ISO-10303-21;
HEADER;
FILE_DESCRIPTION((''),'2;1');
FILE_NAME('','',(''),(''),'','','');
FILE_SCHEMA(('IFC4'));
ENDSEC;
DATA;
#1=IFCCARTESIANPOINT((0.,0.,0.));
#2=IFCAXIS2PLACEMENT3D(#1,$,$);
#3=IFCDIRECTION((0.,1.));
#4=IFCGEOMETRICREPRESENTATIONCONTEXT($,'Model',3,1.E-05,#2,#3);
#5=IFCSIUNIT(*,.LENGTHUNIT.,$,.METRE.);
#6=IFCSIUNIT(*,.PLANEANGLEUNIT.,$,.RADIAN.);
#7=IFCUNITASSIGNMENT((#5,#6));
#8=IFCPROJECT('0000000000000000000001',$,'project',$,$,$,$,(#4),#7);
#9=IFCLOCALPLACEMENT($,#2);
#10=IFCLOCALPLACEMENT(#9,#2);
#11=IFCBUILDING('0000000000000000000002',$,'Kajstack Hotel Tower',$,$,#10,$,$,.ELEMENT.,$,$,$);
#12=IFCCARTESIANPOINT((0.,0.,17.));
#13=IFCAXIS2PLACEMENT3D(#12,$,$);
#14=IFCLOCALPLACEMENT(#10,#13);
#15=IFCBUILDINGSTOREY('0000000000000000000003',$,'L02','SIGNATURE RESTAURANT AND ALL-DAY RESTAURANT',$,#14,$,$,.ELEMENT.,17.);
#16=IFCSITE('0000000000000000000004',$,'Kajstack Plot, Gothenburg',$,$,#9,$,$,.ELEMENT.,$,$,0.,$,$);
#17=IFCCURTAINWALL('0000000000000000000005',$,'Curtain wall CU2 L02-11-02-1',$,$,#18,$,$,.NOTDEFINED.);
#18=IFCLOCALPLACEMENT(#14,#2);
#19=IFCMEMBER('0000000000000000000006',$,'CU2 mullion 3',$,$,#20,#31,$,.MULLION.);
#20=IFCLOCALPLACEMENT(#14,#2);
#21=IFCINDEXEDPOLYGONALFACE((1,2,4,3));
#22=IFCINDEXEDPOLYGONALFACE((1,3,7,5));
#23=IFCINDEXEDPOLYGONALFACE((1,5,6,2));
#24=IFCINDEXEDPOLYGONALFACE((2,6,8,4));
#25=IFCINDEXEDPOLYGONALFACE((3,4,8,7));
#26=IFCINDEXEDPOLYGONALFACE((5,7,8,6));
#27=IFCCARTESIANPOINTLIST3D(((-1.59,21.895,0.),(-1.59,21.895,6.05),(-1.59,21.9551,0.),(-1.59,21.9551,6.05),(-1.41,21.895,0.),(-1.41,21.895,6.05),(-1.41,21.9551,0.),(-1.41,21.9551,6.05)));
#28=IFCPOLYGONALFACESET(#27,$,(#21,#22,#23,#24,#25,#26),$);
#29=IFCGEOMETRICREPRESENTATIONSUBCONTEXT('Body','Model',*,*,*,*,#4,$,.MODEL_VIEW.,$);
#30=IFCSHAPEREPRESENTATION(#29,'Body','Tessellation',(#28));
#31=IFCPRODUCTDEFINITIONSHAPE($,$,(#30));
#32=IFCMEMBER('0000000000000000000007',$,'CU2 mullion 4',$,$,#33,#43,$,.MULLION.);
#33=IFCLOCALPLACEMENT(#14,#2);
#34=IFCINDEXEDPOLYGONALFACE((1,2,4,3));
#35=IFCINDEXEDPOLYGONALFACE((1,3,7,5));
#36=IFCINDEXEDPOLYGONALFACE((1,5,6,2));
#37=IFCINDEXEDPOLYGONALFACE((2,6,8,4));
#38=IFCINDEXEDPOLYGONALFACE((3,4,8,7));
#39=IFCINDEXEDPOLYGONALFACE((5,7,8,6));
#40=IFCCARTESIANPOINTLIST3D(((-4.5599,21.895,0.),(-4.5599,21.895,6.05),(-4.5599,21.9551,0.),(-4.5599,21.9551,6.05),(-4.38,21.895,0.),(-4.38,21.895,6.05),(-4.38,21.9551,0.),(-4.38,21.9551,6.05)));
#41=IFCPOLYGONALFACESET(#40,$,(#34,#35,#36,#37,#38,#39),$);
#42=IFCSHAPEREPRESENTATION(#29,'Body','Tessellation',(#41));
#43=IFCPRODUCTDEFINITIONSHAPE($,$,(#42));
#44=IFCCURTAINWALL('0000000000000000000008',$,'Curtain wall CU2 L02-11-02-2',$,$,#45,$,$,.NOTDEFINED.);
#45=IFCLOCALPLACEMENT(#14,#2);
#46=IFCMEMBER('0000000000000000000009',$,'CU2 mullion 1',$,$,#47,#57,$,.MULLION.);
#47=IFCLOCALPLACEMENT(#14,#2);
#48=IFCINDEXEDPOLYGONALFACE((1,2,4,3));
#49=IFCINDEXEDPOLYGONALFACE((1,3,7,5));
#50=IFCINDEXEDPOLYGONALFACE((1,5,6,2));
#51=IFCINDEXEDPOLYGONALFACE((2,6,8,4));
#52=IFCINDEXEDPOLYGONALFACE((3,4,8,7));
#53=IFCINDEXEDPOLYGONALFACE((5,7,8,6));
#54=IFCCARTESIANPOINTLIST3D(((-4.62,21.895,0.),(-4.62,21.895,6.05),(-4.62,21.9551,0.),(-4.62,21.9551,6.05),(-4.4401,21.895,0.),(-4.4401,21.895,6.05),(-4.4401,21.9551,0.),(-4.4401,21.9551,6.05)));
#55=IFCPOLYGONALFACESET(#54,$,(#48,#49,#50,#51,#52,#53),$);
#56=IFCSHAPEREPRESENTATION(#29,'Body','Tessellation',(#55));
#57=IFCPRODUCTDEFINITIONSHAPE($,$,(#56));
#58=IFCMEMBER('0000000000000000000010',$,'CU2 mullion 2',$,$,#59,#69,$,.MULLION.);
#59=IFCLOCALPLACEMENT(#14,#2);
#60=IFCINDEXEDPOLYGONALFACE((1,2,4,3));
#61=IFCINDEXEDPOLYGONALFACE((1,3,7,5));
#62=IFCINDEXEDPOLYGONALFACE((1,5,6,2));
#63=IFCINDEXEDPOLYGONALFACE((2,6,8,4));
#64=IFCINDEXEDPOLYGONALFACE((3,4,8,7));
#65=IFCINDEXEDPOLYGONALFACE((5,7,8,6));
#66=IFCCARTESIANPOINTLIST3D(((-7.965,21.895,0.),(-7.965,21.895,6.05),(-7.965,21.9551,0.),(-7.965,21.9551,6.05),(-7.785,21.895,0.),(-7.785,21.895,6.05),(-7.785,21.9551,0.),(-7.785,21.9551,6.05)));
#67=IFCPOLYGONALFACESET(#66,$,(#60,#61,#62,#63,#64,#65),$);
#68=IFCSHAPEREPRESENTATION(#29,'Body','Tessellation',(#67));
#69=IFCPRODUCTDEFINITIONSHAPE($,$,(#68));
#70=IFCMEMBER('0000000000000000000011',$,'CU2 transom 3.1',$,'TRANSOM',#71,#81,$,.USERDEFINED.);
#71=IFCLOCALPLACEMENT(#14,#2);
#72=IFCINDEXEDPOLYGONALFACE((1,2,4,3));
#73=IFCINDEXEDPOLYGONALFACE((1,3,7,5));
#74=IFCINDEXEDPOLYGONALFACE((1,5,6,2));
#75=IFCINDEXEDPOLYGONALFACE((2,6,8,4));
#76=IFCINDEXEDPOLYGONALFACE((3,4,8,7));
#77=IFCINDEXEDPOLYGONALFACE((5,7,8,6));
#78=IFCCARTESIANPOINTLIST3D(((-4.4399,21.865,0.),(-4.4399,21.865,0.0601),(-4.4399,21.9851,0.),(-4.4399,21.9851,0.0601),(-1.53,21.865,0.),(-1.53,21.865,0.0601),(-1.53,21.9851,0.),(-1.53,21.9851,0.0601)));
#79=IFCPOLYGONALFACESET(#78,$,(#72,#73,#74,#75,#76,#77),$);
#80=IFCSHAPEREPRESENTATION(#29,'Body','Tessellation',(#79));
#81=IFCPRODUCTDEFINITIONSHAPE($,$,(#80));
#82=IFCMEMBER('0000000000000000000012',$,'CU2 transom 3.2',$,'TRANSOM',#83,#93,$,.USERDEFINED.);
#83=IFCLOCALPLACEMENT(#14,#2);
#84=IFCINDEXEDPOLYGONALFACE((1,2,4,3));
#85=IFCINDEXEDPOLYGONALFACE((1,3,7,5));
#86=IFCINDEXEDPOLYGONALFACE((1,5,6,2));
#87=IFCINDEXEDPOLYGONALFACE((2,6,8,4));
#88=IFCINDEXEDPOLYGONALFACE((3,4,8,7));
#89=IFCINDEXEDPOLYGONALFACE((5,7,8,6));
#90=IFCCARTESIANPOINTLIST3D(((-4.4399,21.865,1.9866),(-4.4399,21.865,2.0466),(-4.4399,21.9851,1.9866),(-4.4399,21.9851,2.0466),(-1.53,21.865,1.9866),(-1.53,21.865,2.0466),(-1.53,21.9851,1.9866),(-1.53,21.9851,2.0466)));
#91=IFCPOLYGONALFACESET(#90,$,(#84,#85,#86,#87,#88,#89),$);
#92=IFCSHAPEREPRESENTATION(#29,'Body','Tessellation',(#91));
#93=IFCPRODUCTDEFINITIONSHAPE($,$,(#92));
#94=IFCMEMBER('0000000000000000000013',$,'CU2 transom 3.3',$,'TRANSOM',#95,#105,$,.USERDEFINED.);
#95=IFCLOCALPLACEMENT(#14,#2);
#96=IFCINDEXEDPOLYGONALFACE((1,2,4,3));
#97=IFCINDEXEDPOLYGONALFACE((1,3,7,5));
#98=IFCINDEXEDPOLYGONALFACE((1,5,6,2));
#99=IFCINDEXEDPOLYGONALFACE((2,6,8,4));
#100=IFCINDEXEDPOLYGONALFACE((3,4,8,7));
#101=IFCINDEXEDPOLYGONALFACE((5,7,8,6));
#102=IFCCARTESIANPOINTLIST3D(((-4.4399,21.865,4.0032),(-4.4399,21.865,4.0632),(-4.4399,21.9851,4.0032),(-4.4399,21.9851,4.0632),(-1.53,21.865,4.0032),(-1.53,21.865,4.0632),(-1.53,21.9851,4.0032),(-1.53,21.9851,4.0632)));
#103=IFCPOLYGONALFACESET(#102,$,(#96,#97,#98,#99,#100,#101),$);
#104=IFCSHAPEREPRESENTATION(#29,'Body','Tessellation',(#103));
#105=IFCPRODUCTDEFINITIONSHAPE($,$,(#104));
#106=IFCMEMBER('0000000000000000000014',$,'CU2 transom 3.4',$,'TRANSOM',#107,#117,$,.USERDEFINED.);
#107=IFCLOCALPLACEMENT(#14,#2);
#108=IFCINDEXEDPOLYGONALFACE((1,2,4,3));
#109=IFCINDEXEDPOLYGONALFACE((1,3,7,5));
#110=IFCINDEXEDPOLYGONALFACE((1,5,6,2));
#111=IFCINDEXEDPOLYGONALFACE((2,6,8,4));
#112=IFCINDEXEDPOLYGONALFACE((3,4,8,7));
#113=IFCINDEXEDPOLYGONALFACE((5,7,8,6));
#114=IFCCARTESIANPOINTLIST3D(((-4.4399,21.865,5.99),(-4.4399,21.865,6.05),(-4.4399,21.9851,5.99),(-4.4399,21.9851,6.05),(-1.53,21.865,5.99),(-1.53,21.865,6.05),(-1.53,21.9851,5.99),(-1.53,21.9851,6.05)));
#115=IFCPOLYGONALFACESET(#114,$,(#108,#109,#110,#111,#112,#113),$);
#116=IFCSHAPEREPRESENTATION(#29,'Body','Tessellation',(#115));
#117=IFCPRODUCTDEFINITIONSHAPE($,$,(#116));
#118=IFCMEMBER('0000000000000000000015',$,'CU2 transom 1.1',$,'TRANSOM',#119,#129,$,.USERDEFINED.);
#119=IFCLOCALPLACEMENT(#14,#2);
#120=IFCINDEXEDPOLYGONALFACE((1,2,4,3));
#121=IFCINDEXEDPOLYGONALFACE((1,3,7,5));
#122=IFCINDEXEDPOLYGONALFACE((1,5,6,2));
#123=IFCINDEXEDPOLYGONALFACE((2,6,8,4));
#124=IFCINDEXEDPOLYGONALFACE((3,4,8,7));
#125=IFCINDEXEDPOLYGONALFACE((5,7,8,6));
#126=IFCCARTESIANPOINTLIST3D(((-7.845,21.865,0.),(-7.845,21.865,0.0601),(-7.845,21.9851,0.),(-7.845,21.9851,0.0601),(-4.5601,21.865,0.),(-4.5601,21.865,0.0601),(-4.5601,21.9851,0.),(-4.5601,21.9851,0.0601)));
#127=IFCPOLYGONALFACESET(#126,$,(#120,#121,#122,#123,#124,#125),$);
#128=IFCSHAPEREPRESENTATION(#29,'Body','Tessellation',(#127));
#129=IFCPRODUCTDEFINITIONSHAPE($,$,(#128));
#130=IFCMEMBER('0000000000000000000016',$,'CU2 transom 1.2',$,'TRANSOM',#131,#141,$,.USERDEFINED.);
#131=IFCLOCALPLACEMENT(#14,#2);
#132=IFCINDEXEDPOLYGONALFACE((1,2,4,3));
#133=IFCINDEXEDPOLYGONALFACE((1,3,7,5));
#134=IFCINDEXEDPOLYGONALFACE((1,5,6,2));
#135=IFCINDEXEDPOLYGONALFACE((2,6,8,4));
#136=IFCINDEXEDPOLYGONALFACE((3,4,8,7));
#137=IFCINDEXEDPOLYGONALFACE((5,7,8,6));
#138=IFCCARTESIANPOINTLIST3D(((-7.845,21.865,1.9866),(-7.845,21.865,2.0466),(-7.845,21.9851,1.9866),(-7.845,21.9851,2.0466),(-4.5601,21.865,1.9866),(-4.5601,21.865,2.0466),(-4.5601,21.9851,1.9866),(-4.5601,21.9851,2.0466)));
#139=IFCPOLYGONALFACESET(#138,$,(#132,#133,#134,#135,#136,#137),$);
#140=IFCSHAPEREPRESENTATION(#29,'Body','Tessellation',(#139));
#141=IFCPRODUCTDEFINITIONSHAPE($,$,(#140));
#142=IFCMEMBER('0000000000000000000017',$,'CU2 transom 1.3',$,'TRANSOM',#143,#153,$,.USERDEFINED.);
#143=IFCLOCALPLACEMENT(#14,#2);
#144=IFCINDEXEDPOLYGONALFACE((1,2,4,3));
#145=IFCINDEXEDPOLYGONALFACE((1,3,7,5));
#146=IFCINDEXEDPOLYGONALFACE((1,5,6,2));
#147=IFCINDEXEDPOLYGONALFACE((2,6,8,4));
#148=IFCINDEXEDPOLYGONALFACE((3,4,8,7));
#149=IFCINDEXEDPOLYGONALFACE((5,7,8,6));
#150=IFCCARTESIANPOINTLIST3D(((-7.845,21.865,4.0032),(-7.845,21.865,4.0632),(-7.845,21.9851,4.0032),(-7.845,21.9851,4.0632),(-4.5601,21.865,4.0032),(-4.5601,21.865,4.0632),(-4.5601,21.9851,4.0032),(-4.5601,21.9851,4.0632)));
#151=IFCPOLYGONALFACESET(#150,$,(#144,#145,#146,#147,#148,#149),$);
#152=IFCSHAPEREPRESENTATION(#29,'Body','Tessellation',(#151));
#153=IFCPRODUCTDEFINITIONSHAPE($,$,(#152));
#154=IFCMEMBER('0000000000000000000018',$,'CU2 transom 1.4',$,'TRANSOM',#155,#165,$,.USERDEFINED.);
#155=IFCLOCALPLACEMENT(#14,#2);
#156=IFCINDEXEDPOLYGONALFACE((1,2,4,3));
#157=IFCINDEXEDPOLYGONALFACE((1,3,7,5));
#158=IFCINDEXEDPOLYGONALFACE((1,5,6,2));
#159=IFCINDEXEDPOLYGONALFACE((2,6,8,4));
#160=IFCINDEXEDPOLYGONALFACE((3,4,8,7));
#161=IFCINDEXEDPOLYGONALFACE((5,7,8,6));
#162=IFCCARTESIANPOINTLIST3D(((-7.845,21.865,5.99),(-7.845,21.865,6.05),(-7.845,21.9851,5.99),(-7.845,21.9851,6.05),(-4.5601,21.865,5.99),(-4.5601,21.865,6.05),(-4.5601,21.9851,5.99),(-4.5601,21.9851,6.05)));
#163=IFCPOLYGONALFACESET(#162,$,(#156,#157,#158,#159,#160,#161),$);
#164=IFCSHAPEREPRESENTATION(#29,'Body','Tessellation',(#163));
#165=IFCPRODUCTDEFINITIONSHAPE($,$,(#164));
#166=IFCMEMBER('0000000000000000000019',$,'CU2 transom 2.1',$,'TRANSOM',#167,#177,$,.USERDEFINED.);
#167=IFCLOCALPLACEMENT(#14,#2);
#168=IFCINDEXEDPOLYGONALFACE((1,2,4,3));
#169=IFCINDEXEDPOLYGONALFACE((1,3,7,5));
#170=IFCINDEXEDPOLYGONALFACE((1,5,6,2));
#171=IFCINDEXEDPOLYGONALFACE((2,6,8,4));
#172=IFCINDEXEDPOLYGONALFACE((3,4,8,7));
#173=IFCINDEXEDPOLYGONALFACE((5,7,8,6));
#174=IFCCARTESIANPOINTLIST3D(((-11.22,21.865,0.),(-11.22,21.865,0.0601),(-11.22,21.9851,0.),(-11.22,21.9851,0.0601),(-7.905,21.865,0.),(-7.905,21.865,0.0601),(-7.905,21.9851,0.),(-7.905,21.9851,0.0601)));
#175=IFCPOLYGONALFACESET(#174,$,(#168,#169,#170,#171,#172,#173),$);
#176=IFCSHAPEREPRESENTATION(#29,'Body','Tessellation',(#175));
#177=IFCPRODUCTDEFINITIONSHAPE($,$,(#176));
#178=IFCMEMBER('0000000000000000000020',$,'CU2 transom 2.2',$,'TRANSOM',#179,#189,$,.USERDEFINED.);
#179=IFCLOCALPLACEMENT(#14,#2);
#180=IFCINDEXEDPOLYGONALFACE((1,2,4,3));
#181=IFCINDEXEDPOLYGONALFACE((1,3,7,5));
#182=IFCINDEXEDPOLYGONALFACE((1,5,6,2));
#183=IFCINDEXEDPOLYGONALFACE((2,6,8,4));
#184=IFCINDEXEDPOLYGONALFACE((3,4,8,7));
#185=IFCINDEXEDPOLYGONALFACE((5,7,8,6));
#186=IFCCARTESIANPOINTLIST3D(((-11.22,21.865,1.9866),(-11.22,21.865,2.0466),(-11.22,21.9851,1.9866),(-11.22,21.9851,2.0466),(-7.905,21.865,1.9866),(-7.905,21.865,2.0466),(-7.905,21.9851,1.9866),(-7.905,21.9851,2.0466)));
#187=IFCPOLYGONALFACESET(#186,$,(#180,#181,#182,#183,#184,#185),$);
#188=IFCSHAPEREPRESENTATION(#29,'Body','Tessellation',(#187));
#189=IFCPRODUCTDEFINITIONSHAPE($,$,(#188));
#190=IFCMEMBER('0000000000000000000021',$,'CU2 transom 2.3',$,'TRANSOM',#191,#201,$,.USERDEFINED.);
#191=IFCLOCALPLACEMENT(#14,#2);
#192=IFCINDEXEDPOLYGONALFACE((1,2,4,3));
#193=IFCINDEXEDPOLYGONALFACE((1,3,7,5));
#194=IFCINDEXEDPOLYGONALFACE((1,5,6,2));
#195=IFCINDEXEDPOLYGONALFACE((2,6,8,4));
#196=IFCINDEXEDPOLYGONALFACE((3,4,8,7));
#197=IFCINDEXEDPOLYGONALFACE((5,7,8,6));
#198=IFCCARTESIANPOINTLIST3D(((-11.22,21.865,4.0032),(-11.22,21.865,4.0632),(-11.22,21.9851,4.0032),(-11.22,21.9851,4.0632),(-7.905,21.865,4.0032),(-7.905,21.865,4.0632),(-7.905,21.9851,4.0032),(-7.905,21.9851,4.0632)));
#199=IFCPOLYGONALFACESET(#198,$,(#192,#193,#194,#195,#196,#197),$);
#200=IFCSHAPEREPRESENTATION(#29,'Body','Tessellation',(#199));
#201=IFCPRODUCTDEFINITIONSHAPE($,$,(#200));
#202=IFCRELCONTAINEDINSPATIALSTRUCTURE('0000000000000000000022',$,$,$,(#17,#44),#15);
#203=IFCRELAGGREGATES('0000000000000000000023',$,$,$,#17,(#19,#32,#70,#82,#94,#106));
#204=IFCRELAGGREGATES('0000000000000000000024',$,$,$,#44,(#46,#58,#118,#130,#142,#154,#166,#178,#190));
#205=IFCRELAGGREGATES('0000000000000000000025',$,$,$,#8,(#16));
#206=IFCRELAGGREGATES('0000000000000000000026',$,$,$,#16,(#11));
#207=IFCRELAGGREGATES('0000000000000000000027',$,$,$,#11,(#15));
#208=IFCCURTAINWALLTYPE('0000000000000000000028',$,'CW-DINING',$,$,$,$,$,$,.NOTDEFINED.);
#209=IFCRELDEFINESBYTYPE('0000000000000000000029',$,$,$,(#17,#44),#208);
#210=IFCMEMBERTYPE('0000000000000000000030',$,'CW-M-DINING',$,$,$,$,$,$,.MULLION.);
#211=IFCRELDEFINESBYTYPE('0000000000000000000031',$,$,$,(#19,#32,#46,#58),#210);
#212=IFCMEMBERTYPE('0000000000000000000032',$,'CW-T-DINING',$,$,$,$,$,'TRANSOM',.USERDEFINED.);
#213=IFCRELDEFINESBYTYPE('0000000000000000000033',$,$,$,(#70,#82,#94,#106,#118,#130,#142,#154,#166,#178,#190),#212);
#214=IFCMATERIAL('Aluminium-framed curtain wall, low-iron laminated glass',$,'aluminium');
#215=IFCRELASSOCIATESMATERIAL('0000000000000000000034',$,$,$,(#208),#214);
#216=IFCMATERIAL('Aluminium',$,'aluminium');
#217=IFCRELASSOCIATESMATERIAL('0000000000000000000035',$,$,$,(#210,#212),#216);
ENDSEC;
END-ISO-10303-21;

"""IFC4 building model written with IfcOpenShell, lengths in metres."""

from ifc_helpers import new_model, si_unit, direction, frame, origin, origin_2d, place, context, subcontext, project, spatial, rectangle, extrude, material, material_profile, profile_set, type_object, element, aggregate, save


model = new_model("IFC4")

# Units and contexts
model_context = context("Model", 3, precision=1e-05, world=origin(), true_north=direction((0.0, 1.0)))
body_context = subcontext(model_context, "Body", "Model", "MODEL_VIEW")
ifc_project = project(units=[si_unit("LENGTHUNIT", "METRE"), si_unit("PLANEANGLEUNIT", "RADIAN")], contexts=[model_context])

# Site, building, storey
site_placement = place(None, origin())
site = spatial("IfcSite", under=ifc_project, at=site_placement, Name="Kajstack Plot, Gothenburg", CompositionType="ELEMENT", RefElevation=0.0)
building_placement = place(site_placement, origin())
building = spatial("IfcBuilding", under=site, at=building_placement, Name="Kajstack Hotel Tower", CompositionType="ELEMENT")
storey_placement = place(building_placement, frame((0.0, 0.0, 17.0)))
storey = spatial("IfcBuildingStorey", under=building, at=storey_placement, Name="L02", Description="SIGNATURE RESTAURANT AND ALL-DAY RESTAURANT", CompositionType="ELEMENT", Elevation=17.0)

# Curtain walls, members
ifc_material_1 = material(Name="Aluminium-framed curtain wall, low-iron laminated glass", Category="aluminium")
curtain_wall_type = type_object("IfcCurtainWallType", Name="CW-DINING", PredefinedType="NOTDEFINED", material=ifc_material_1)
curtain_wall_1_placement = place(storey_placement, origin())
curtain_wall_1 = element("IfcCurtainWall", 1, at=curtain_wall_1_placement, inside=storey, type_object=curtain_wall_type, Name="Curtain wall CU2 L02-11-02-1", PredefinedType="NOTDEFINED")
ifc_material_2 = material(Name="Aluminium", Category="aluminium")
ifc_material_profile_1 = material_profile(ifc_material_2, rectangle(XDim=0.0601, YDim=0.1799, at=origin_2d()), Name="Aluminium mullion 60 x 180")
ifc_profile_set_1 = profile_set([ifc_material_profile_1], Name="Aluminium")
member_type_1 = type_object("IfcMemberType", Name="CW-M-DINING", PredefinedType="MULLION", material=ifc_profile_set_1)
member_1_placement = place(storey_placement, frame((-1.5, 21.925, 0.0), z_axis=(0.0, 0.0, 1.0), x_axis=(0.0, -1.0, 0.0)))
member_1 = element("IfcMember", 2, at=member_1_placement, type_object=member_type_1, Name="CU2 mullion 3", PredefinedType="MULLION", context=body_context, shape_type="SweptSolid", body=[
    extrude(rectangle(XDim=0.0601, YDim=0.1799, at=origin_2d()), origin(), (0.0, 0.0, 1.0), 6.05),
])
member_2_placement = place(storey_placement, frame((-4.47, 21.925, 0.0), z_axis=(0.0, 0.0, 1.0), x_axis=(0.0, -1.0, 0.0)))
member_2 = element("IfcMember", 3, at=member_2_placement, type_object=member_type_1, Name="CU2 mullion 4", PredefinedType="MULLION", context=body_context, shape_type="SweptSolid", body=[
    extrude(rectangle(XDim=0.0601, YDim=0.1799, at=origin_2d()), origin(), (0.0, 0.0, 1.0), 6.05),
])
curtain_wall_2_placement = place(storey_placement, origin())
curtain_wall_2 = element("IfcCurtainWall", 4, at=curtain_wall_2_placement, inside=storey, type_object=curtain_wall_type, Name="Curtain wall CU2 L02-11-02-2", PredefinedType="NOTDEFINED")
member_3_placement = place(storey_placement, frame((-4.53, 21.925, 0.0), z_axis=(0.0, 0.0, 1.0), x_axis=(0.0, -1.0, 0.0)))
member_3 = element("IfcMember", 5, at=member_3_placement, type_object=member_type_1, Name="CU2 mullion 1", PredefinedType="MULLION", context=body_context, shape_type="SweptSolid", body=[
    extrude(rectangle(XDim=0.0601, YDim=0.1799, at=origin_2d()), origin(), (0.0, 0.0, 1.0), 6.05),
])
member_4_placement = place(storey_placement, frame((-7.875, 21.925, 0.0), z_axis=(0.0, 0.0, 1.0), x_axis=(0.0, -1.0, 0.0)))
member_4 = element("IfcMember", 6, at=member_4_placement, type_object=member_type_1, Name="CU2 mullion 2", PredefinedType="MULLION", context=body_context, shape_type="SweptSolid", body=[
    extrude(rectangle(XDim=0.0601, YDim=0.1799, at=origin_2d()), origin(), (0.0, 0.0, 1.0), 6.05),
])

# Members
ifc_material_profile_2 = material_profile(ifc_material_2, rectangle(XDim=0.1201, YDim=0.0601, at=origin_2d()), Name="Aluminium transom 120 x 60")
ifc_profile_set_2 = profile_set([ifc_material_profile_2], Name="Aluminium")
member_type_2 = type_object("IfcMemberType", Name="CW-T-DINING", ElementType="TRANSOM", PredefinedType="USERDEFINED", material=ifc_profile_set_2)
member_5_placement = place(storey_placement, frame((-1.53, 21.925, 0.03), z_axis=(-1.0, 0.0, 0.0), x_axis=(0.0, -1.0, 0.0)))
member_5 = element("IfcMember", 7, at=member_5_placement, type_object=member_type_2, Name="CU2 transom 3.1", ObjectType="TRANSOM", PredefinedType="USERDEFINED", context=body_context, shape_type="SweptSolid", body=[
    extrude(rectangle(XDim=0.1201, YDim=0.0601, at=origin_2d()), origin(), (0.0, 0.0, 1.0), 2.9099),
])
member_6_placement = place(storey_placement, frame((-1.53, 21.925, 2.0166), z_axis=(-1.0, 0.0, 0.0), x_axis=(0.0, -1.0, 0.0)))
member_6 = element("IfcMember", 8, at=member_6_placement, type_object=member_type_2, Name="CU2 transom 3.2", ObjectType="TRANSOM", PredefinedType="USERDEFINED", context=body_context, shape_type="SweptSolid", body=[
    extrude(rectangle(XDim=0.1201, YDim=0.0601, at=origin_2d()), origin(), (0.0, 0.0, 1.0), 2.9099),
])
member_7_placement = place(storey_placement, frame((-1.53, 21.925, 4.0332), z_axis=(-1.0, 0.0, 0.0), x_axis=(0.0, -1.0, 0.0)))
member_7 = element("IfcMember", 9, at=member_7_placement, type_object=member_type_2, Name="CU2 transom 3.3", ObjectType="TRANSOM", PredefinedType="USERDEFINED", context=body_context, shape_type="SweptSolid", body=[
    extrude(rectangle(XDim=0.1201, YDim=0.0601, at=origin_2d()), origin(), (0.0, 0.0, 1.0), 2.9099),
])
member_8_placement = place(storey_placement, frame((-1.53, 21.925, 6.02), z_axis=(-1.0, 0.0, 0.0), x_axis=(0.0, -1.0, 0.0)))
member_8 = element("IfcMember", 10, at=member_8_placement, type_object=member_type_2, Name="CU2 transom 3.4", ObjectType="TRANSOM", PredefinedType="USERDEFINED", context=body_context, shape_type="SweptSolid", body=[
    extrude(rectangle(XDim=0.1201, YDim=0.0601, at=origin_2d()), origin(), (0.0, 0.0, 1.0), 2.9099),
])
member_9_placement = place(storey_placement, frame((-4.5601, 21.925, 0.03), z_axis=(-1.0, 0.0, 0.0), x_axis=(0.0, -1.0, 0.0)))
member_9 = element("IfcMember", 11, at=member_9_placement, type_object=member_type_2, Name="CU2 transom 1.1", ObjectType="TRANSOM", PredefinedType="USERDEFINED", context=body_context, shape_type="SweptSolid", body=[
    extrude(rectangle(XDim=0.1201, YDim=0.0601, at=origin_2d()), origin(), (0.0, 0.0, 1.0), 3.2849),
])
member_10_placement = place(storey_placement, frame((-4.5601, 21.925, 2.0166), z_axis=(-1.0, 0.0, 0.0), x_axis=(0.0, -1.0, 0.0)))
member_10 = element("IfcMember", 12, at=member_10_placement, type_object=member_type_2, Name="CU2 transom 1.2", ObjectType="TRANSOM", PredefinedType="USERDEFINED", context=body_context, shape_type="SweptSolid", body=[
    extrude(rectangle(XDim=0.1201, YDim=0.0601, at=origin_2d()), origin(), (0.0, 0.0, 1.0), 3.2849),
])
member_11_placement = place(storey_placement, frame((-4.5601, 21.925, 4.0332), z_axis=(-1.0, 0.0, 0.0), x_axis=(0.0, -1.0, 0.0)))
member_11 = element("IfcMember", 13, at=member_11_placement, type_object=member_type_2, Name="CU2 transom 1.3", ObjectType="TRANSOM", PredefinedType="USERDEFINED", context=body_context, shape_type="SweptSolid", body=[
    extrude(rectangle(XDim=0.1201, YDim=0.0601, at=origin_2d()), origin(), (0.0, 0.0, 1.0), 3.2849),
])
member_12_placement = place(storey_placement, frame((-4.5601, 21.925, 6.02), z_axis=(-1.0, 0.0, 0.0), x_axis=(0.0, -1.0, 0.0)))
member_12 = element("IfcMember", 14, at=member_12_placement, type_object=member_type_2, Name="CU2 transom 1.4", ObjectType="TRANSOM", PredefinedType="USERDEFINED", context=body_context, shape_type="SweptSolid", body=[
    extrude(rectangle(XDim=0.1201, YDim=0.0601, at=origin_2d()), origin(), (0.0, 0.0, 1.0), 3.2849),
])
member_13_placement = place(storey_placement, frame((-7.905, 21.925, 0.03), z_axis=(-1.0, 0.0, 0.0), x_axis=(0.0, -1.0, 0.0)))
member_13 = element("IfcMember", 15, at=member_13_placement, type_object=member_type_2, Name="CU2 transom 2.1", ObjectType="TRANSOM", PredefinedType="USERDEFINED", context=body_context, shape_type="SweptSolid", body=[
    extrude(rectangle(XDim=0.1201, YDim=0.0601, at=origin_2d()), origin(), (0.0, 0.0, 1.0), 3.3149),
])
member_14_placement = place(storey_placement, frame((-7.905, 21.925, 2.0166), z_axis=(-1.0, 0.0, 0.0), x_axis=(0.0, -1.0, 0.0)))
member_14 = element("IfcMember", 16, at=member_14_placement, type_object=member_type_2, Name="CU2 transom 2.2", ObjectType="TRANSOM", PredefinedType="USERDEFINED", context=body_context, shape_type="SweptSolid", body=[
    extrude(rectangle(XDim=0.1201, YDim=0.0601, at=origin_2d()), origin(), (0.0, 0.0, 1.0), 3.3149),
])
member_15_placement = place(storey_placement, frame((-7.905, 21.925, 4.0332), z_axis=(-1.0, 0.0, 0.0), x_axis=(0.0, -1.0, 0.0)))
member_15 = element("IfcMember", 17, at=member_15_placement, type_object=member_type_2, Name="CU2 transom 2.3", ObjectType="TRANSOM", PredefinedType="USERDEFINED", context=body_context, shape_type="SweptSolid", body=[
    extrude(rectangle(XDim=0.1201, YDim=0.0601, at=origin_2d()), origin(), (0.0, 0.0, 1.0), 3.3149),
])

aggregate(curtain_wall_1, [member_1, member_2, member_5, member_6, member_7, member_8])
aggregate(curtain_wall_2, [member_3, member_4, member_9, member_10, member_11, member_12, member_13, member_14, member_15])

save(model, "model.ifc")
